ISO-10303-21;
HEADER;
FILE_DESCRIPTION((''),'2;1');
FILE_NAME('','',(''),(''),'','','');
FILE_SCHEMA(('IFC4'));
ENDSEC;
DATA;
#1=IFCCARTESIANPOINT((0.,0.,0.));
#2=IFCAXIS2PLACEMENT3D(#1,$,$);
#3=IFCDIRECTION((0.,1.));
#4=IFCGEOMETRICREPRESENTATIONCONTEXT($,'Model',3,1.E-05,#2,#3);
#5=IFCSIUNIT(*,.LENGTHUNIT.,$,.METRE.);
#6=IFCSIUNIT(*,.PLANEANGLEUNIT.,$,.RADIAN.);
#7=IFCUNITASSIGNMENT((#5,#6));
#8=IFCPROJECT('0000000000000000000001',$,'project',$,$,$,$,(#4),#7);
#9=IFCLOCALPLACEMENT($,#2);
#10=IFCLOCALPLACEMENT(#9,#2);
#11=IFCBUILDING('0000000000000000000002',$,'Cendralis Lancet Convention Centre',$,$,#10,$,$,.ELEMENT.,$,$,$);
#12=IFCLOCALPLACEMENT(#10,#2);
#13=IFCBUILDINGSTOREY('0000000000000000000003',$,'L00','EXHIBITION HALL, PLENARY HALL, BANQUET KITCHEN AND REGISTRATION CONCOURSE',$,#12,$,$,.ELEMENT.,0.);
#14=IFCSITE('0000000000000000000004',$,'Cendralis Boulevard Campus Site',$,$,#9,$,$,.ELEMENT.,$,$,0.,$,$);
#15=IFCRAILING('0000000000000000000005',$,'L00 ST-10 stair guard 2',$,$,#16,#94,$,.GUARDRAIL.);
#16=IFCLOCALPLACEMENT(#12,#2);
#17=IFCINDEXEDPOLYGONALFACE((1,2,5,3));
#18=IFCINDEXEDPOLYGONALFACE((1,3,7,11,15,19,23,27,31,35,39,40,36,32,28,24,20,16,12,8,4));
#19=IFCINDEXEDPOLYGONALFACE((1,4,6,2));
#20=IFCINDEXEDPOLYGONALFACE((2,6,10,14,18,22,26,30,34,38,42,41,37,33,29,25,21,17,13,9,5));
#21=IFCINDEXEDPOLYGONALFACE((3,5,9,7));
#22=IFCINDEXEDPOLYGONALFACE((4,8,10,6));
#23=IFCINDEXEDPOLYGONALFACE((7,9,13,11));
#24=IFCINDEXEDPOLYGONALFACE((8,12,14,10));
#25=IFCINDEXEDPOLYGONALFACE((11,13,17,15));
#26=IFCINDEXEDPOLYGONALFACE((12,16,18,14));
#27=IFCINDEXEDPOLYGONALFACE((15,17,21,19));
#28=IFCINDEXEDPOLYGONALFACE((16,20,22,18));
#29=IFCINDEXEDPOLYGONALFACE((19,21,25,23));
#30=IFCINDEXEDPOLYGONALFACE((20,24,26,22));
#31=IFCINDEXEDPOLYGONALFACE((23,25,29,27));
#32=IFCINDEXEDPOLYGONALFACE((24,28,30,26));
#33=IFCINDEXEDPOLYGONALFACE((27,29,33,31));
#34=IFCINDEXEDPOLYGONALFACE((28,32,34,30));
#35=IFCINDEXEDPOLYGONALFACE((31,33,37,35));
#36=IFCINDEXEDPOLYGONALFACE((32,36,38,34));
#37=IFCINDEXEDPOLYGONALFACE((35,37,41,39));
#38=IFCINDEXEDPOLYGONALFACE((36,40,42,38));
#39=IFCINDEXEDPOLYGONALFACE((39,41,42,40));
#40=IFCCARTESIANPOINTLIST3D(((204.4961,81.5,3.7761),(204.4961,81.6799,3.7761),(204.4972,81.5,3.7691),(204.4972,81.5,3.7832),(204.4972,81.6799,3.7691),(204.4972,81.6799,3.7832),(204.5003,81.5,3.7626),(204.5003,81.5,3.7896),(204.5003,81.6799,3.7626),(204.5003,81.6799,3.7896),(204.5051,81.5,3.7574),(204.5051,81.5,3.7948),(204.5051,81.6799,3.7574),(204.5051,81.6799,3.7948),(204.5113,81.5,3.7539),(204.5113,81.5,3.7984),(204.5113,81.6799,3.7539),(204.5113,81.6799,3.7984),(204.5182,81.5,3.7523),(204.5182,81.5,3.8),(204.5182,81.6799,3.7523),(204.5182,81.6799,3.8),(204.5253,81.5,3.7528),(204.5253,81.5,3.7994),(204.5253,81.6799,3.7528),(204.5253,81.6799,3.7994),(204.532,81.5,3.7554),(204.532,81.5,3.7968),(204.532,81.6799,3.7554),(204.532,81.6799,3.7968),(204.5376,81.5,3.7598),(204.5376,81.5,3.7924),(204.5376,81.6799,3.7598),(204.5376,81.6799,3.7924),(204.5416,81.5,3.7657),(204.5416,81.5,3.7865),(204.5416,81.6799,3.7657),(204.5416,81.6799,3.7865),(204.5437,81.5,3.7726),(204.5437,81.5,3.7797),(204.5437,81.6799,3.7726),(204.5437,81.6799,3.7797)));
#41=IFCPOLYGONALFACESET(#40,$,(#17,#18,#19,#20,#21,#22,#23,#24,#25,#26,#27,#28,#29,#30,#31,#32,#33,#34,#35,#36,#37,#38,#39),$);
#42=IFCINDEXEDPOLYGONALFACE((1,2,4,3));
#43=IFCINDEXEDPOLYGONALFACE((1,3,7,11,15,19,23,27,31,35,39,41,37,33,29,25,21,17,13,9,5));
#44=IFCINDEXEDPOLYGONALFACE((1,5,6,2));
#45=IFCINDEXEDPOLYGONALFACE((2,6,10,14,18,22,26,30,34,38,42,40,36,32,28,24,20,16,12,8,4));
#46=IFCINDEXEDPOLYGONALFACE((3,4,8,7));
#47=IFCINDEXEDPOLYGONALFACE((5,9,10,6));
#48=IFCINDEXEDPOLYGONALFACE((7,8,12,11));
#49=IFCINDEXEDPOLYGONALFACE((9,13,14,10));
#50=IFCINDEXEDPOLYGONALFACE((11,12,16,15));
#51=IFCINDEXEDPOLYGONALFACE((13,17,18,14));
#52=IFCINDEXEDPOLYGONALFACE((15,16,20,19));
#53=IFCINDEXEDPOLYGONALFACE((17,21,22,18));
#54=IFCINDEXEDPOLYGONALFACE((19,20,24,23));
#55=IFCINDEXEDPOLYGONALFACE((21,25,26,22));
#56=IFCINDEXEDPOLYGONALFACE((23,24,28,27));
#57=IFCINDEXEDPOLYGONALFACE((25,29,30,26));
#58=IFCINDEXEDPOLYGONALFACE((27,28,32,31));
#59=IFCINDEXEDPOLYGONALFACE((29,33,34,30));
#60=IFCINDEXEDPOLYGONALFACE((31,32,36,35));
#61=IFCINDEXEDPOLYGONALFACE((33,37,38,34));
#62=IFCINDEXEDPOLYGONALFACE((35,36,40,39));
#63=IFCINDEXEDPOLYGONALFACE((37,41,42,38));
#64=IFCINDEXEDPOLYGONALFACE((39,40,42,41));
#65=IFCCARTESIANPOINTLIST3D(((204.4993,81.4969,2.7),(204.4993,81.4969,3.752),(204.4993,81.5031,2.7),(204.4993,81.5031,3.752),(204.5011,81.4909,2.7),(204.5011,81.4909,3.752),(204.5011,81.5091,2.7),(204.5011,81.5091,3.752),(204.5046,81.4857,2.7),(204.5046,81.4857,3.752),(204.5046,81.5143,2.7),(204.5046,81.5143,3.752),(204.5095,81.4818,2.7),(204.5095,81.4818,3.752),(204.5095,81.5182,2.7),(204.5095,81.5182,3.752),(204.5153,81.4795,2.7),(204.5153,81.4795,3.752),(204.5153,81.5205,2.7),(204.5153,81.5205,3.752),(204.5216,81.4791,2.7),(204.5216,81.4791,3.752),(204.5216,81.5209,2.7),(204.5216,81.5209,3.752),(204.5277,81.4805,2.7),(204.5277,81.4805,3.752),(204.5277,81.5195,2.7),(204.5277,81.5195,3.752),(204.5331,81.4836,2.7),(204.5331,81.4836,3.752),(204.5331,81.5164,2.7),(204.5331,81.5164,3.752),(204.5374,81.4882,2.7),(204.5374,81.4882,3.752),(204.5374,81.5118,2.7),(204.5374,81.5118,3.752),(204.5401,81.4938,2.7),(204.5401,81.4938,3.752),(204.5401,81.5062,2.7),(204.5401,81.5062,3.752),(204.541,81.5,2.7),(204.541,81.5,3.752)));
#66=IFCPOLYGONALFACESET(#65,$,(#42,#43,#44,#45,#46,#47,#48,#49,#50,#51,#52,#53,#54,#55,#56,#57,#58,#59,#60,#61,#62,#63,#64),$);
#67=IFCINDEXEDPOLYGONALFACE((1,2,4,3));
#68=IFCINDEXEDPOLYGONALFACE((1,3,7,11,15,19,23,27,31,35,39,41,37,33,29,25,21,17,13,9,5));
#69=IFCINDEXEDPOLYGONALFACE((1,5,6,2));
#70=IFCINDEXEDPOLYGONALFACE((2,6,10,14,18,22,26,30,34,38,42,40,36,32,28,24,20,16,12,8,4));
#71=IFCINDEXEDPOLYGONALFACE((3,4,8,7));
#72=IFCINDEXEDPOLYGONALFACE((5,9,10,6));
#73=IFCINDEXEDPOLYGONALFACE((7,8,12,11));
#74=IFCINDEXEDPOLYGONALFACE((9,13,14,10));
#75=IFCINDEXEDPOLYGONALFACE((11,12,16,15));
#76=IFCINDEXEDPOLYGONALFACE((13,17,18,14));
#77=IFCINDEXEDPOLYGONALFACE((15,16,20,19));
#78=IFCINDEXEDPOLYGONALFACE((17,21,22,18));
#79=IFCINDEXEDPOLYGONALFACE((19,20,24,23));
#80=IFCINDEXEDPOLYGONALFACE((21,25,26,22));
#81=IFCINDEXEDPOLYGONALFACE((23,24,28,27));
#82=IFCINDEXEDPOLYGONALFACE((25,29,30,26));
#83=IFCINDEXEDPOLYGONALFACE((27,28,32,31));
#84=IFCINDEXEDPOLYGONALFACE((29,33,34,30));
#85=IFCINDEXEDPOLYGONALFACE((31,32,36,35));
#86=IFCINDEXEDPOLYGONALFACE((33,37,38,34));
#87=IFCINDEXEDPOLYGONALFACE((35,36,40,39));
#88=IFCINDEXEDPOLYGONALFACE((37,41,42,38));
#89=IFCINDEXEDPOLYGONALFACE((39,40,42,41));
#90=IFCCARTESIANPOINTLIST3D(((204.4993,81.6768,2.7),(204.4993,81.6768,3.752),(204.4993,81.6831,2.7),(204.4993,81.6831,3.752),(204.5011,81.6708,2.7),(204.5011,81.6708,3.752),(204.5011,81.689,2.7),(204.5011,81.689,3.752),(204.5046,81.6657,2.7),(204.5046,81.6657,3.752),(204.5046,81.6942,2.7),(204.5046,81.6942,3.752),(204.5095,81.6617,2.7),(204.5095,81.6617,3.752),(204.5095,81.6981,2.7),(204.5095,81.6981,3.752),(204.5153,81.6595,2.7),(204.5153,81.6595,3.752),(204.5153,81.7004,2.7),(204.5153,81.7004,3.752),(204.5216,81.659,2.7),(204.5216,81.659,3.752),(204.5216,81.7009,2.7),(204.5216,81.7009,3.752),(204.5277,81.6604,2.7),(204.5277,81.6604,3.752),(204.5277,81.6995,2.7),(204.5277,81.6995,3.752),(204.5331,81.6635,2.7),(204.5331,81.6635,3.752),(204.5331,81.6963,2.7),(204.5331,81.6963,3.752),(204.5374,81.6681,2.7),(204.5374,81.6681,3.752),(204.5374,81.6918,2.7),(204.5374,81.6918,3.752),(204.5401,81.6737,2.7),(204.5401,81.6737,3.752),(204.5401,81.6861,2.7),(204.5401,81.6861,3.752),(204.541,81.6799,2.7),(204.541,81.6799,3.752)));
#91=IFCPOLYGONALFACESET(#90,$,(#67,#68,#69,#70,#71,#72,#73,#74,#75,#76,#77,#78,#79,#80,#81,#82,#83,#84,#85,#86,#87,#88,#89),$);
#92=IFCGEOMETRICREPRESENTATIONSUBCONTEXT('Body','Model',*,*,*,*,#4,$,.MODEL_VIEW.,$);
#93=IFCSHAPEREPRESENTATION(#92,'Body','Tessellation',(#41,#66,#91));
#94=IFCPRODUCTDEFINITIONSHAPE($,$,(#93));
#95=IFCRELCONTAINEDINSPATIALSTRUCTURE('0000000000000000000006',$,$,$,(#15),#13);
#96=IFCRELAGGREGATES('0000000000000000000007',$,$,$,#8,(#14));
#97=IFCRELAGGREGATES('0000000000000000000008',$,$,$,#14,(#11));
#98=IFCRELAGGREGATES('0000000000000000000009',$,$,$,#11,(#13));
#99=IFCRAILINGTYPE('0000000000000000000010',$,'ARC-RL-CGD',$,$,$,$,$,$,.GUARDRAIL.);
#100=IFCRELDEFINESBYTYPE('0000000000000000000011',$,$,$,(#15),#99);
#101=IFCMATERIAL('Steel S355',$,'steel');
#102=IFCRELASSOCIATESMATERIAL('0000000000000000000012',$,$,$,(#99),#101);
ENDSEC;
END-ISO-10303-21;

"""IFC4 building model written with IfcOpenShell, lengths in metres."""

from ifc_helpers import new_model, si_unit, direction, frame, origin, origin_2d, place, context, subcontext, project, spatial, circle, extrude, material, type_object, element, save


model = new_model("IFC4")

# Units and contexts
model_context = context("Model", 3, precision=1e-05, world=origin(), true_north=direction((0.0, 1.0)))
body_context = subcontext(model_context, "Body", "Model", "MODEL_VIEW")
ifc_project = project(units=[si_unit("LENGTHUNIT", "METRE"), si_unit("PLANEANGLEUNIT", "RADIAN")], contexts=[model_context])

# Site, building, storey
site_placement = place(None, origin())
site = spatial("IfcSite", under=ifc_project, at=site_placement, Name="Cendralis Boulevard Campus Site", CompositionType="ELEMENT", RefElevation=0.0)
building_placement = place(site_placement, origin())
building = spatial("IfcBuilding", under=site, at=building_placement, Name="Cendralis Lancet Convention Centre", CompositionType="ELEMENT")
storey_placement = place(building_placement, origin())
storey = spatial("IfcBuildingStorey", under=building, at=storey_placement, Name="L00", Description="EXHIBITION HALL, PLENARY HALL, BANQUET KITCHEN AND REGISTRATION CONCOURSE", CompositionType="ELEMENT", Elevation=0.0)

# Shared definitions
ifc_material_1 = material(Name="Steel S355", Category="steel")

# Railing
railing_type_1 = type_object("IfcRailingType", Name="ARC-RL-CGD", PredefinedType="GUARDRAIL", material=ifc_material_1)
railing_1_placement = place(storey_placement, frame((204.52, 81.5, 2.7)))
element("IfcRailing", 1, at=railing_1_placement, inside=storey, type_object=railing_type_1, Name="L00 ST-10 stair guard 2", PredefinedType="GUARDRAIL", context=body_context, shape_type="SweptSolid", body=[
    extrude(circle(Radius=0.0239, at=origin_2d()), frame((0.0, 0.0, 1.0762), z_axis=(0.0, 1.0, 0.0), x_axis=(-1.0, 0.0, 0.0)), (0.0, 0.0, 1.0), 0.1799),
    extrude(circle(Radius=0.021, at=origin_2d()), origin(), (0.0, 0.0, 1.0), 1.052),
    extrude(circle(Radius=0.021, at=origin_2d()), frame((0.0, 0.1799, 0.0)), (0.0, 0.0, 1.0), 1.052),
])

save(model, "model.ifc")
